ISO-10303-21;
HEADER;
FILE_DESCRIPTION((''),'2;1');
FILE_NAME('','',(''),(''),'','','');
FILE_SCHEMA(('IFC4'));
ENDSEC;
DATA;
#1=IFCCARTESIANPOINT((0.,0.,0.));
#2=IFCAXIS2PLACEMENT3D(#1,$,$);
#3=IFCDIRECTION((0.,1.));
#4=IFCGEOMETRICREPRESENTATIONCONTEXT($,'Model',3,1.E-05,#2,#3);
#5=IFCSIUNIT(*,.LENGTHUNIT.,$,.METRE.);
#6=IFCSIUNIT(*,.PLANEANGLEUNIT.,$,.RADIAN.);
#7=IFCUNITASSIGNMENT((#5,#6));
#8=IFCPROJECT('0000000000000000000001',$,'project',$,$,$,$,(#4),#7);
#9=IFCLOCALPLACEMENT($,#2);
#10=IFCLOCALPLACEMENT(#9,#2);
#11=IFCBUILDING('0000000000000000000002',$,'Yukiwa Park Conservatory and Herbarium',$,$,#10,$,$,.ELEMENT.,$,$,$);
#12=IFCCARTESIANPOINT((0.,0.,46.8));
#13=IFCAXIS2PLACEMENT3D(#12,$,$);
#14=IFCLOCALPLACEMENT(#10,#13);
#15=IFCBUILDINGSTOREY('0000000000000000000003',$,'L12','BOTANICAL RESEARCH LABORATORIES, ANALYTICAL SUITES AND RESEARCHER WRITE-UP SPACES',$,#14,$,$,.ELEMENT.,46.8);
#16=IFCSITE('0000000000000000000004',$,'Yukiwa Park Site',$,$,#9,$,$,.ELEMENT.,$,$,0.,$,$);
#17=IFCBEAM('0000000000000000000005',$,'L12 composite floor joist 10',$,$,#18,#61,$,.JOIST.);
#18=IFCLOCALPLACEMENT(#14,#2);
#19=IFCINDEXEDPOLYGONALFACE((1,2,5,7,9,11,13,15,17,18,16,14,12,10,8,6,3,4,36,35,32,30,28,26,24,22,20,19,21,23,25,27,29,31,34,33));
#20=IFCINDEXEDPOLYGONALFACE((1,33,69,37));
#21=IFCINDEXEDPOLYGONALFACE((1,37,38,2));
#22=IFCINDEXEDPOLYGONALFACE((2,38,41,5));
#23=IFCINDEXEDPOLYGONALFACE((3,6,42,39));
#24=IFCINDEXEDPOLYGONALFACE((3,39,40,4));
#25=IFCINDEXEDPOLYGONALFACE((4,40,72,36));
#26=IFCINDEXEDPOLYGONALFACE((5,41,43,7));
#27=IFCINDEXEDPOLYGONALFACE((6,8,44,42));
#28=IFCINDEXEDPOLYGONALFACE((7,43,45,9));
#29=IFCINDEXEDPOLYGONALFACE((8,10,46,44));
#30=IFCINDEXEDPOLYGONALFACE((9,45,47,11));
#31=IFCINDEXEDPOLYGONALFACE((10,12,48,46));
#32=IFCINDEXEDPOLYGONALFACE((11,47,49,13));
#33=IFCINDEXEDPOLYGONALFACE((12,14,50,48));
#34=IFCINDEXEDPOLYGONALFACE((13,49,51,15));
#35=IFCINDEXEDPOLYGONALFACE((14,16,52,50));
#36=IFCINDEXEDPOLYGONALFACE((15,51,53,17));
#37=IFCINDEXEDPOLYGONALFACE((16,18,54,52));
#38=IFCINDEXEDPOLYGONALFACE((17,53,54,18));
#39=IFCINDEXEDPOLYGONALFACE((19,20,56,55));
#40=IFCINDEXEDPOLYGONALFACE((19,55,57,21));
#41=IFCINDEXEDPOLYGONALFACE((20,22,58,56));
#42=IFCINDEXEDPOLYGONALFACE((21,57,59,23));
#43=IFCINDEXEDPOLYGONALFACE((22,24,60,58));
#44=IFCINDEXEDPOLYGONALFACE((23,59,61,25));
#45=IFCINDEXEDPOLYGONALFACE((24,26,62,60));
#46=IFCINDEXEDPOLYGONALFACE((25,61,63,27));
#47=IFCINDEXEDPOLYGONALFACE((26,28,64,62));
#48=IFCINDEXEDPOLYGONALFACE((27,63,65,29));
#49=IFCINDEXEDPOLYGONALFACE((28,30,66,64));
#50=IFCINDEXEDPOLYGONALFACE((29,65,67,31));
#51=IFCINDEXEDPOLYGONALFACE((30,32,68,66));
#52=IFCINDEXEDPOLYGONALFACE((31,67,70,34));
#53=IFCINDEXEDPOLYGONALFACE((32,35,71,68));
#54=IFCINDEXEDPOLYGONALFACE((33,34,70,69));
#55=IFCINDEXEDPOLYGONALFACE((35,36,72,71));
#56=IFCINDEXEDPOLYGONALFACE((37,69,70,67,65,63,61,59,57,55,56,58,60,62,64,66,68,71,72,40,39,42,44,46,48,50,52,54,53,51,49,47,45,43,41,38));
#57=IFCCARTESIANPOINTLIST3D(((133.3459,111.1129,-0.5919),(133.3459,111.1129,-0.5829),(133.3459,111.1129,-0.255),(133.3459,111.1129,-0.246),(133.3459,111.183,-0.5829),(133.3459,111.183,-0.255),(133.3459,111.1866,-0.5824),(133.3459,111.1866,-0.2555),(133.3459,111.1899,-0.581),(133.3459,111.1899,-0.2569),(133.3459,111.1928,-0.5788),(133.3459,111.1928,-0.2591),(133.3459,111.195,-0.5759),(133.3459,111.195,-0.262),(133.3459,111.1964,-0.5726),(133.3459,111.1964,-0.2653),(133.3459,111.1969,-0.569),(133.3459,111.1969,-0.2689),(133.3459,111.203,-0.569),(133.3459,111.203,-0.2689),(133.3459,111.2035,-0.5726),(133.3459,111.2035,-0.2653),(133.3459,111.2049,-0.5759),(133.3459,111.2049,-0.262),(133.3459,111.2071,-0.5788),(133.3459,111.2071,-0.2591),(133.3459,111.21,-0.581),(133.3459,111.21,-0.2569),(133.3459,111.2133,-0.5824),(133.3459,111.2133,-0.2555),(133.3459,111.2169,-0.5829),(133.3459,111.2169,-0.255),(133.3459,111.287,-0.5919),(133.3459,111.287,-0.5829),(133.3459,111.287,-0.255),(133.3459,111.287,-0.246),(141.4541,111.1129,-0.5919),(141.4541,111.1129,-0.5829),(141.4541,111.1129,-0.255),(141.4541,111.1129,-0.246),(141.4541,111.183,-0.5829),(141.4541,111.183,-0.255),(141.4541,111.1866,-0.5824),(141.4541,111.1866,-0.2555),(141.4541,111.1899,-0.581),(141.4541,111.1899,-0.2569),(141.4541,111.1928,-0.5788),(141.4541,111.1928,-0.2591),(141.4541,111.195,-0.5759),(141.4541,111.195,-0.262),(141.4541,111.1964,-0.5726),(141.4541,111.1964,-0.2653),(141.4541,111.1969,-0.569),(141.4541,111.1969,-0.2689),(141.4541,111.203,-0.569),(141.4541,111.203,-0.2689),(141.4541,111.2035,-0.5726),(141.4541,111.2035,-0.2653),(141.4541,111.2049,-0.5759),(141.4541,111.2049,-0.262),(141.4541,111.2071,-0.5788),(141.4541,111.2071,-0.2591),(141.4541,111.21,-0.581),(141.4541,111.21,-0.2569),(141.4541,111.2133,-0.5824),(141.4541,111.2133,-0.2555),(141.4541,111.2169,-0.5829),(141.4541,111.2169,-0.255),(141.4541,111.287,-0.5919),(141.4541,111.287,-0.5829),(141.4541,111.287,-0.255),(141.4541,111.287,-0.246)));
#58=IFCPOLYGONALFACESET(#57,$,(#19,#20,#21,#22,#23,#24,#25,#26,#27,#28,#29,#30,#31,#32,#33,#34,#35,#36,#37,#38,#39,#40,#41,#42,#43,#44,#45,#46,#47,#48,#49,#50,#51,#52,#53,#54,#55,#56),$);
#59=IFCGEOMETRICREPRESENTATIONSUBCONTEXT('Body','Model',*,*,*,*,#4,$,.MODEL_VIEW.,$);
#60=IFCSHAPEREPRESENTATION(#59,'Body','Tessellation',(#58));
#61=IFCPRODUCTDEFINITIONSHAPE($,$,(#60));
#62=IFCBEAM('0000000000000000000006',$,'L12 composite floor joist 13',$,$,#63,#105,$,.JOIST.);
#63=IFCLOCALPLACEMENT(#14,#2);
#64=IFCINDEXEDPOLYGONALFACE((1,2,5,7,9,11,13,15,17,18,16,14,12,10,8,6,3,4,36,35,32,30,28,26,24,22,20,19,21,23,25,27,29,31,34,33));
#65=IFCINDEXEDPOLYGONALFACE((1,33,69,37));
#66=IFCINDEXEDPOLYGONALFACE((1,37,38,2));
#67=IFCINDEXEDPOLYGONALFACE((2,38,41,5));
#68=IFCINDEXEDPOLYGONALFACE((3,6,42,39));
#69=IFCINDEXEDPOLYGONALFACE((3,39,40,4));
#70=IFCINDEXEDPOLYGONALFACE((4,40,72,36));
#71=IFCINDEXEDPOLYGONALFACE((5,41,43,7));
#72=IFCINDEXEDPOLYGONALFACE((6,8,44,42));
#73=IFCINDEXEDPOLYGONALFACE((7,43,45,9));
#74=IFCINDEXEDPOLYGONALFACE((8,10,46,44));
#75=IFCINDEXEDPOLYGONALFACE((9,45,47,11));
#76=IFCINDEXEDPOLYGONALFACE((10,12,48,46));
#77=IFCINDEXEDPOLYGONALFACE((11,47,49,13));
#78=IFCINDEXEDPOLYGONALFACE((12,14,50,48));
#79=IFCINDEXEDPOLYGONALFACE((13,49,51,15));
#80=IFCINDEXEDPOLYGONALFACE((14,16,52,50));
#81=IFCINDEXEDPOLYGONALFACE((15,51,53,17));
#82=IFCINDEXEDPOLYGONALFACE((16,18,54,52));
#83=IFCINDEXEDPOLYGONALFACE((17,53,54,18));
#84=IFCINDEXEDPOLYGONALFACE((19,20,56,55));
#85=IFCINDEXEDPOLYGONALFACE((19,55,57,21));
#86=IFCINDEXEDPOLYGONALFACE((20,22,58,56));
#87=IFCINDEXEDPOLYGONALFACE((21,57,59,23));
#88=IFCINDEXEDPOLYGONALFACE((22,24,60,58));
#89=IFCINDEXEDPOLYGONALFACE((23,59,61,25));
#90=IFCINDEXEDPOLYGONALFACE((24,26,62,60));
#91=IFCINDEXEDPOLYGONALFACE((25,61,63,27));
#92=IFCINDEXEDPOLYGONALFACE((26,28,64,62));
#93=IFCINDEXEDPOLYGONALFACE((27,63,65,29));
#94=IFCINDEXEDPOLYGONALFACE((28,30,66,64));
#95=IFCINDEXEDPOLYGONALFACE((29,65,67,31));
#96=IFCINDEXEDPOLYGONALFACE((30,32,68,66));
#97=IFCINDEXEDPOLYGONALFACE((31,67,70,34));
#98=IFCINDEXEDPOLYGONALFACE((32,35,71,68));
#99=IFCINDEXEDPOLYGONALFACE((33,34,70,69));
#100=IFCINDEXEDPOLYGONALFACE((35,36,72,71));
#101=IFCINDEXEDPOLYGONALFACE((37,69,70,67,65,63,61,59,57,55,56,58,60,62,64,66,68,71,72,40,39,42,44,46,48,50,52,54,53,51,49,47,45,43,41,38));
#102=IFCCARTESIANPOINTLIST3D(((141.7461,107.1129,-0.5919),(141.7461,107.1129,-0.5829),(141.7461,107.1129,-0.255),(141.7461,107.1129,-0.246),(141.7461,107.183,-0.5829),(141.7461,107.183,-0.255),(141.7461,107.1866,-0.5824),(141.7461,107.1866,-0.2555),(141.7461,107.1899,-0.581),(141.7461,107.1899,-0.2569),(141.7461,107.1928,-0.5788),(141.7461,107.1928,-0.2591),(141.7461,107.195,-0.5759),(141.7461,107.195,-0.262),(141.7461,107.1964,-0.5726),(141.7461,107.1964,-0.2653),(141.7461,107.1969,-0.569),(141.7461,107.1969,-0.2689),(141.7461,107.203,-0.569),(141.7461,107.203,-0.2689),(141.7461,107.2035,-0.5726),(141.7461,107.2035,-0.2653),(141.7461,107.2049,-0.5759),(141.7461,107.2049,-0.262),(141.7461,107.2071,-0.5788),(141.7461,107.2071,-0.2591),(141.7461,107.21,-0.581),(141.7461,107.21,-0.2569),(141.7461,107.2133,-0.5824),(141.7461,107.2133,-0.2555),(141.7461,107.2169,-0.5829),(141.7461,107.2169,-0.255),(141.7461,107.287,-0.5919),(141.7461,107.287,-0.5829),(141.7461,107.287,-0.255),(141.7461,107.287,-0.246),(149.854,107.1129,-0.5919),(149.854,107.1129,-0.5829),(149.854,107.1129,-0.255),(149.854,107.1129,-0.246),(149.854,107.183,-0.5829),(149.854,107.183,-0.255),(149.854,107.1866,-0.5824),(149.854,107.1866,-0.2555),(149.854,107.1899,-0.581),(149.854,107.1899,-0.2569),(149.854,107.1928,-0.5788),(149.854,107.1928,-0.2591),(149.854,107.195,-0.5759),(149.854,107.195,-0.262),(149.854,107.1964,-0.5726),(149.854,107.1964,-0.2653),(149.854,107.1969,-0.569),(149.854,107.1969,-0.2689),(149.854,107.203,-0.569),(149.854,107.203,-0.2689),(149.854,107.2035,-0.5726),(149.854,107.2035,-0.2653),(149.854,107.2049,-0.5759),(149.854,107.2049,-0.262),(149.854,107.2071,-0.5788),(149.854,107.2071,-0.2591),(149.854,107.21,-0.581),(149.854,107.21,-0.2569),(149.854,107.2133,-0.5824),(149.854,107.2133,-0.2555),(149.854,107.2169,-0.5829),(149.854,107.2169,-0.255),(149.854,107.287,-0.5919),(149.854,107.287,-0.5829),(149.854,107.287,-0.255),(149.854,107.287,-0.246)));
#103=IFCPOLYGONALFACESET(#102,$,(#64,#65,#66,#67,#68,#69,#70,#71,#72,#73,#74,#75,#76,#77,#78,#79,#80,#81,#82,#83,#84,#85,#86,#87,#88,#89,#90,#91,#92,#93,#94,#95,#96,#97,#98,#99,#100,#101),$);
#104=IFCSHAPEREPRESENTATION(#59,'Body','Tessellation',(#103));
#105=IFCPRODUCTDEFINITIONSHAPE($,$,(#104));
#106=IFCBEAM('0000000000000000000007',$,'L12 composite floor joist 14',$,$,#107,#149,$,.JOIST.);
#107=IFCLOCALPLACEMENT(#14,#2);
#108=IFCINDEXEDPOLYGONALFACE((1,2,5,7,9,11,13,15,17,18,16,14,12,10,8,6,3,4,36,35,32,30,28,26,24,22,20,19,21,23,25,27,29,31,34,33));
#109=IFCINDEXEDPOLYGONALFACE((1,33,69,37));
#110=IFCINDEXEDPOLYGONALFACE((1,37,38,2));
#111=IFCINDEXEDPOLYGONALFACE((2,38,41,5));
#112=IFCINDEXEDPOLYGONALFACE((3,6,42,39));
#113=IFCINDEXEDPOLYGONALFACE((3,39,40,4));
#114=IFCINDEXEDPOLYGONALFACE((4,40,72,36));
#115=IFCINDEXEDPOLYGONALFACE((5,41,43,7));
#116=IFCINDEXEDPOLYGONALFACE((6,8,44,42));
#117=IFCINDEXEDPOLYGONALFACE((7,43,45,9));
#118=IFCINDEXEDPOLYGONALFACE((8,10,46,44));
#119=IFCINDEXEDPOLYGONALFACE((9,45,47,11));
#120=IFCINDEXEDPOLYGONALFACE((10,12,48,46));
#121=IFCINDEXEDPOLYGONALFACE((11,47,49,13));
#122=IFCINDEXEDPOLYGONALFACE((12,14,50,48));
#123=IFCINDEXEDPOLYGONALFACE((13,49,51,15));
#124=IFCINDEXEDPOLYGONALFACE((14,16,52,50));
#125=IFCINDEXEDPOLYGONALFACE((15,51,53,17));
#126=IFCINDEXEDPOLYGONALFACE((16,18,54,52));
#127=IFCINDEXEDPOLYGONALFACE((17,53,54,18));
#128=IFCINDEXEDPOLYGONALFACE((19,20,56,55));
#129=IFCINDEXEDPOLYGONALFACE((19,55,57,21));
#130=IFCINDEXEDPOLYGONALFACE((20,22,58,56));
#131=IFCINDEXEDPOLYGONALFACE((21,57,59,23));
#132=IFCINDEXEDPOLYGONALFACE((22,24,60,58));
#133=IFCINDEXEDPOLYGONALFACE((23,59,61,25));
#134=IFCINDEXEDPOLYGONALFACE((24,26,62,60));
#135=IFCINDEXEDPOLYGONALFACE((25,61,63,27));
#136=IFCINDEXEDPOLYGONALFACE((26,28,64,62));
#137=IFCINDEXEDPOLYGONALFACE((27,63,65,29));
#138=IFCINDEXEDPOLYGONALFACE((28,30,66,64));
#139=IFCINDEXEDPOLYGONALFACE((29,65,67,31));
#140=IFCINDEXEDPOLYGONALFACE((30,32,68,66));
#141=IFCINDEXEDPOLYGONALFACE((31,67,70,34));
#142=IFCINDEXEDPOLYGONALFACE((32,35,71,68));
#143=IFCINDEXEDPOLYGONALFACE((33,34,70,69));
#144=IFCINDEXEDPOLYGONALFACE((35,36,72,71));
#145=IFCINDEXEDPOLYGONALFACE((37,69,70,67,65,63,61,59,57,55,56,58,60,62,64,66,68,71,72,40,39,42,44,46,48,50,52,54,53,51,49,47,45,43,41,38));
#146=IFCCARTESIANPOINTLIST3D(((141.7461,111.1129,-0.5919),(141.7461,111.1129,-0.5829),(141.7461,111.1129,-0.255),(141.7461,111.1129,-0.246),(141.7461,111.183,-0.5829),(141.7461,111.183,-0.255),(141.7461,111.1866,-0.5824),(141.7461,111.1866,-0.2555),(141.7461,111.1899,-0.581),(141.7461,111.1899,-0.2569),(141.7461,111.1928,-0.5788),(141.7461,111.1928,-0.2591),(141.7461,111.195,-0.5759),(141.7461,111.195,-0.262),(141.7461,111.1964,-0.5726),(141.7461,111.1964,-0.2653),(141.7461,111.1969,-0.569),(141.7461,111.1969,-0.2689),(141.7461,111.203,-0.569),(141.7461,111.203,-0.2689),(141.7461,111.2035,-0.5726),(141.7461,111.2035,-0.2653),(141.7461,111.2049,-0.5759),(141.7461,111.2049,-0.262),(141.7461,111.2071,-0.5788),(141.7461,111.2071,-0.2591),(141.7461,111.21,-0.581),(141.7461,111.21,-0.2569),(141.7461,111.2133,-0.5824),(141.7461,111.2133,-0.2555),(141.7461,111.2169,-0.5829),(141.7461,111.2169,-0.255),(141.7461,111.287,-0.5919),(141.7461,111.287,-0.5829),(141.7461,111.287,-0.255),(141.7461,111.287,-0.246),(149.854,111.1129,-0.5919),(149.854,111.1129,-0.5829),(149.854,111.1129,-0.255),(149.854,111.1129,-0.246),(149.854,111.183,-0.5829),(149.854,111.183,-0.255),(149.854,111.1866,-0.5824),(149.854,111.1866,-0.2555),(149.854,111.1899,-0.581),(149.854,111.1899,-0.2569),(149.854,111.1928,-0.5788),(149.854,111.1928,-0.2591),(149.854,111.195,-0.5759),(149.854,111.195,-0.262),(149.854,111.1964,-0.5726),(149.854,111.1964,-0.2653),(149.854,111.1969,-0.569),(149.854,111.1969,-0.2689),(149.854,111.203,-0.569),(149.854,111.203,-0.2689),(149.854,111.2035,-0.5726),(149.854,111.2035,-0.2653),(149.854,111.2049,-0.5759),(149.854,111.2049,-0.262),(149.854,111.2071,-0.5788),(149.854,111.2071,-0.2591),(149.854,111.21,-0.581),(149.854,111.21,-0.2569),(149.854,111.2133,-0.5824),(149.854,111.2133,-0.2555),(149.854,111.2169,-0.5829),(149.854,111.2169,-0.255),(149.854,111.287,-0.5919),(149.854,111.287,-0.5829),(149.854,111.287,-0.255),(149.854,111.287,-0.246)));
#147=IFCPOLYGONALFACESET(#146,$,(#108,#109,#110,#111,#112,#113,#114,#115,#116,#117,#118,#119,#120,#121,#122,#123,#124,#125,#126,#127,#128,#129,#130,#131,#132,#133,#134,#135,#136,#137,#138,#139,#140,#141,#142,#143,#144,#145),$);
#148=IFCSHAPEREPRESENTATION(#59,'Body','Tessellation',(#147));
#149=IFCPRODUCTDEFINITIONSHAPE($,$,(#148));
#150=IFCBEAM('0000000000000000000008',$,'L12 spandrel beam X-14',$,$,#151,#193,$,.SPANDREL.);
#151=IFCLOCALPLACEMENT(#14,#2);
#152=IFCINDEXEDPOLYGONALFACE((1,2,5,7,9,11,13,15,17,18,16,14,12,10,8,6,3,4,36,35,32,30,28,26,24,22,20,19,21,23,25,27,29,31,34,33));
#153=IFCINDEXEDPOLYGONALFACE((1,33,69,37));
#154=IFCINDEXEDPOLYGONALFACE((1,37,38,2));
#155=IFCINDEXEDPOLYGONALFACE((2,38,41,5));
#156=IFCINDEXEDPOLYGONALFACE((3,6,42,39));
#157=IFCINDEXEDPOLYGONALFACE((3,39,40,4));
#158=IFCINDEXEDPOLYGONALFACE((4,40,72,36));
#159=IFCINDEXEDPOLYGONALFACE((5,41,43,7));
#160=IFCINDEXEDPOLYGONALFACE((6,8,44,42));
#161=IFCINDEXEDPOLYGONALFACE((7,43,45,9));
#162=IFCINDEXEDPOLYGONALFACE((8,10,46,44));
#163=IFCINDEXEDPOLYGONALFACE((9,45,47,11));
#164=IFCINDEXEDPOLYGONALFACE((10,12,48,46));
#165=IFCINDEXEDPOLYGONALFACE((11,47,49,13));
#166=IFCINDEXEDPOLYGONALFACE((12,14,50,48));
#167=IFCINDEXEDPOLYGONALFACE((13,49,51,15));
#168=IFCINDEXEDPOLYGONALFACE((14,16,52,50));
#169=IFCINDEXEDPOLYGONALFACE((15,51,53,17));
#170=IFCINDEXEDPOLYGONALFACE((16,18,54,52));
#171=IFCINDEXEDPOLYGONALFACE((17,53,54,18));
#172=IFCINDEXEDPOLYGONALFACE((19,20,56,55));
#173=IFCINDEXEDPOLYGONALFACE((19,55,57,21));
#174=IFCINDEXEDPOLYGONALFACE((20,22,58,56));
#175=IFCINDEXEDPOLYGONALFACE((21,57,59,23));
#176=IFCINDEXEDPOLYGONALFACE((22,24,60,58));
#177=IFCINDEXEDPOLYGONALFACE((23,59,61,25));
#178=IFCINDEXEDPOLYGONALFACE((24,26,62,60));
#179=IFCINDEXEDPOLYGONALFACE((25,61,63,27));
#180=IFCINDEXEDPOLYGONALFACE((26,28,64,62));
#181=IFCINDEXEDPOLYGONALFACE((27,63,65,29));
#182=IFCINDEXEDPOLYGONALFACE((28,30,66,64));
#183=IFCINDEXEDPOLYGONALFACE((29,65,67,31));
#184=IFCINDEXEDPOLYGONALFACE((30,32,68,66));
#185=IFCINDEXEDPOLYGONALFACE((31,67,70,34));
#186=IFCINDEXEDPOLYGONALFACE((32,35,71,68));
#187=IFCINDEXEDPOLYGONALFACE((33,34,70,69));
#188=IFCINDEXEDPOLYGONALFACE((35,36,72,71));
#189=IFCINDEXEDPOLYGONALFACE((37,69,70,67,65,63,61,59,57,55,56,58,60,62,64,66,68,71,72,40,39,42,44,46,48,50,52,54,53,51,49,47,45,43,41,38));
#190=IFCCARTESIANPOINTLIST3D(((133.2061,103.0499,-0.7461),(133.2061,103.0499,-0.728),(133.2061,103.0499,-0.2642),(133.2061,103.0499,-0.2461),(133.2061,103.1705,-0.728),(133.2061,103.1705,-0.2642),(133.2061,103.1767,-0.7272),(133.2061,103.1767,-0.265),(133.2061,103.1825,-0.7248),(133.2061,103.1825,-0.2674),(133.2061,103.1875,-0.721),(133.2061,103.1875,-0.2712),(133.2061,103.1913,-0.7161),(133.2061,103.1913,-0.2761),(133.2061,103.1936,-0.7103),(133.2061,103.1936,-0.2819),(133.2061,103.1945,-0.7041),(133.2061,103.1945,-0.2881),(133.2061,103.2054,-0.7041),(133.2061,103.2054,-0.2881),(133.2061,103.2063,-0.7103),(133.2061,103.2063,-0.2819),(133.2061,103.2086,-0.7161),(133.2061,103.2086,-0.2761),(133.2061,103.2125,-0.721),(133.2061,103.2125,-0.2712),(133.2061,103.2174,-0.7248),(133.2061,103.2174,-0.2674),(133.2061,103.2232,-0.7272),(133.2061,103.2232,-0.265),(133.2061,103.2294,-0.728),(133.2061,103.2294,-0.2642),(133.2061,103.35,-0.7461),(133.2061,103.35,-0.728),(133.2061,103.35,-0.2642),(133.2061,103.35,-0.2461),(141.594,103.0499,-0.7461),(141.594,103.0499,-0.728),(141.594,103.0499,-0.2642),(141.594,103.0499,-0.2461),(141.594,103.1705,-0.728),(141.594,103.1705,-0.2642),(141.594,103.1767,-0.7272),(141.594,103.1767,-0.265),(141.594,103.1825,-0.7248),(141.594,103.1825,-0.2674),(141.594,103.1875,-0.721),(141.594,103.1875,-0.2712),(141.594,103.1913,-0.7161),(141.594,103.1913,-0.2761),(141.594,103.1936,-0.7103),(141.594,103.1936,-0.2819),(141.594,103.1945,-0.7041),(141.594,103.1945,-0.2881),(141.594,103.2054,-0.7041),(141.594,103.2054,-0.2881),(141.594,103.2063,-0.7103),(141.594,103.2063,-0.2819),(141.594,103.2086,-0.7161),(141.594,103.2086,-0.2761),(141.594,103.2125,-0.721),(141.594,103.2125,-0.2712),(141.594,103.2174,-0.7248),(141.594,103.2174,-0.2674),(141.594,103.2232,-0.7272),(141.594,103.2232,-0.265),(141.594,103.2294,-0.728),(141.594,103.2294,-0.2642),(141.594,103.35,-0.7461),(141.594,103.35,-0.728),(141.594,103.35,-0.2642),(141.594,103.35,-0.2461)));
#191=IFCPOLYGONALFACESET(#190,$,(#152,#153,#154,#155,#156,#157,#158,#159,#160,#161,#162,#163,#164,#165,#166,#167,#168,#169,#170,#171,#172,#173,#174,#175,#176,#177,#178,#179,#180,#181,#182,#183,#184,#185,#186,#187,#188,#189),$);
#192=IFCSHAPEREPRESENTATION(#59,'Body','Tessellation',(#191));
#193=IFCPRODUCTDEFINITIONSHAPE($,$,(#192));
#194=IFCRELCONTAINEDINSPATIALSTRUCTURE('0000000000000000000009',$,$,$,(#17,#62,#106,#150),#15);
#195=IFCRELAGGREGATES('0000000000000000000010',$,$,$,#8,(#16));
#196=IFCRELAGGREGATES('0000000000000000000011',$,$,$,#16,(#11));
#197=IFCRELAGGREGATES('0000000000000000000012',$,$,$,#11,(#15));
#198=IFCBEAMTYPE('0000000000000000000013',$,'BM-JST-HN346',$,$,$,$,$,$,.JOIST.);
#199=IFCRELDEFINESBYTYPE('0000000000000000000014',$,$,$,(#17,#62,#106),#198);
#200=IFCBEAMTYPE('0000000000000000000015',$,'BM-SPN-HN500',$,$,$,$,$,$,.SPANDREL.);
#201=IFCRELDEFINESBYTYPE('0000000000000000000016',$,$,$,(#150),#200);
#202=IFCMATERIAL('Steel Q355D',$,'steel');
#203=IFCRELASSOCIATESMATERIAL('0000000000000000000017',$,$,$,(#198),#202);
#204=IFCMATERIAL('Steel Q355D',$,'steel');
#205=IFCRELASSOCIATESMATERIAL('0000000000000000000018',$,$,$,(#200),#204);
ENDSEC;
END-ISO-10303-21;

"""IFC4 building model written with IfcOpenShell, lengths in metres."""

from ifc_helpers import new_model, si_unit, direction, frame, origin, origin_2d, place, context, subcontext, project, spatial, i_section, extrude, material, material_profile, profile_set, type_object, element, save


model = new_model("IFC4")

# Units and contexts
model_context = context("Model", 3, precision=1e-05, world=origin(), true_north=direction((0.0, 1.0)))
body_context = subcontext(model_context, "Body", "Model", "MODEL_VIEW")
ifc_project = project(units=[si_unit("LENGTHUNIT", "METRE"), si_unit("PLANEANGLEUNIT", "RADIAN")], contexts=[model_context])

# Site, building, storey
site_placement = place(None, origin())
site = spatial("IfcSite", under=ifc_project, at=site_placement, Name="Yukiwa Park Site", CompositionType="ELEMENT", RefElevation=0.0)
building_placement = place(site_placement, origin())
building = spatial("IfcBuilding", under=site, at=building_placement, Name="Yukiwa Park Conservatory and Herbarium", CompositionType="ELEMENT")
storey_placement = place(building_placement, frame((0.0, 0.0, 46.8)))
storey = spatial("IfcBuildingStorey", under=building, at=storey_placement, Name="L12", Description="BOTANICAL RESEARCH LABORATORIES, ANALYTICAL SUITES AND RESEARCHER WRITE-UP SPACES", CompositionType="ELEMENT", Elevation=46.8)

# Beams
ifc_material_1 = material(Name="Steel Q355D", Category="steel")
ifc_material_profile_1 = material_profile(ifc_material_1, i_section(OverallWidth=0.1741, OverallDepth=0.3459, WebThickness=0.0061, FlangeThickness=0.009, FilletRadius=0.0139, at=origin_2d()), Name="HN 346x174x6x9")
ifc_profile_set_1 = profile_set([ifc_material_profile_1], Name="Steel Q355D")
beam_type_1 = type_object("IfcBeamType", Name="BM-JST-HN346", PredefinedType="JOIST", material=ifc_profile_set_1)
for number, where, z_axis, x_axis, name in (
    (1, (133.3459, 111.2, -0.4189), (1.0, 0.0, 0.0), (0.0, 1.0, 0.0), "L12 composite floor joist 10"),
):
    element("IfcBeam", number, at=place(storey_placement, frame(where, z_axis=z_axis, x_axis=x_axis)), inside=storey, type_object=beam_type_1, Name=name, PredefinedType="JOIST", context=body_context, shape_type="SweptSolid", body=[
        extrude(i_section(OverallWidth=0.1741, OverallDepth=0.3459, WebThickness=0.0061, FlangeThickness=0.009, FilletRadius=0.0139, at=origin_2d()), origin(), (0.0, 0.0, 1.0), 8.1082),
    ])
for number, where, z_axis, x_axis, name in (
    (2, (141.7461, 107.2, -0.4189), (1.0, 0.0, 0.0), (0.0, 1.0, 0.0), "L12 composite floor joist 13"),
    (3, (141.7461, 111.2, -0.4189), (1.0, 0.0, 0.0), (0.0, 1.0, 0.0), "L12 composite floor joist 14"),
):
    element("IfcBeam", number, at=place(storey_placement, frame(where, z_axis=z_axis, x_axis=x_axis)), inside=storey, type_object=beam_type_1, Name=name, PredefinedType="JOIST", context=body_context, shape_type="SweptSolid", body=[
        extrude(i_section(OverallWidth=0.1741, OverallDepth=0.3459, WebThickness=0.0061, FlangeThickness=0.009, FilletRadius=0.0139, at=origin_2d()), origin(), (0.0, 0.0, 1.0), 8.1079),
    ])
ifc_material_2 = material(Name="Steel Q355D", Category="steel")
ifc_material_profile_2 = material_profile(ifc_material_2, i_section(OverallWidth=0.3, OverallDepth=0.5, WebThickness=0.011, FlangeThickness=0.0181, FilletRadius=0.0239, at=origin_2d()), Name="HM 500x300x11x18")
ifc_profile_set_2 = profile_set([ifc_material_profile_2], Name="Steel Q355D")
beam_type_2 = type_object("IfcBeamType", Name="BM-SPN-HN500", PredefinedType="SPANDREL", material=ifc_profile_set_2)
for number, where, z_axis, x_axis, name in (
    (4, (133.2061, 103.2, -0.4961), (1.0, 0.0, 0.0), (0.0, 1.0, 0.0), "L12 spandrel beam X-14"),
):
    element("IfcBeam", number, at=place(storey_placement, frame(where, z_axis=z_axis, x_axis=x_axis)), inside=storey, type_object=beam_type_2, Name=name, PredefinedType="SPANDREL", context=body_context, shape_type="SweptSolid", body=[
        extrude(i_section(OverallWidth=0.3, OverallDepth=0.5, WebThickness=0.011, FlangeThickness=0.0181, FilletRadius=0.0239, at=origin_2d()), origin(), (0.0, 0.0, 1.0), 8.3879),
    ])

save(model, "model.ifc")
